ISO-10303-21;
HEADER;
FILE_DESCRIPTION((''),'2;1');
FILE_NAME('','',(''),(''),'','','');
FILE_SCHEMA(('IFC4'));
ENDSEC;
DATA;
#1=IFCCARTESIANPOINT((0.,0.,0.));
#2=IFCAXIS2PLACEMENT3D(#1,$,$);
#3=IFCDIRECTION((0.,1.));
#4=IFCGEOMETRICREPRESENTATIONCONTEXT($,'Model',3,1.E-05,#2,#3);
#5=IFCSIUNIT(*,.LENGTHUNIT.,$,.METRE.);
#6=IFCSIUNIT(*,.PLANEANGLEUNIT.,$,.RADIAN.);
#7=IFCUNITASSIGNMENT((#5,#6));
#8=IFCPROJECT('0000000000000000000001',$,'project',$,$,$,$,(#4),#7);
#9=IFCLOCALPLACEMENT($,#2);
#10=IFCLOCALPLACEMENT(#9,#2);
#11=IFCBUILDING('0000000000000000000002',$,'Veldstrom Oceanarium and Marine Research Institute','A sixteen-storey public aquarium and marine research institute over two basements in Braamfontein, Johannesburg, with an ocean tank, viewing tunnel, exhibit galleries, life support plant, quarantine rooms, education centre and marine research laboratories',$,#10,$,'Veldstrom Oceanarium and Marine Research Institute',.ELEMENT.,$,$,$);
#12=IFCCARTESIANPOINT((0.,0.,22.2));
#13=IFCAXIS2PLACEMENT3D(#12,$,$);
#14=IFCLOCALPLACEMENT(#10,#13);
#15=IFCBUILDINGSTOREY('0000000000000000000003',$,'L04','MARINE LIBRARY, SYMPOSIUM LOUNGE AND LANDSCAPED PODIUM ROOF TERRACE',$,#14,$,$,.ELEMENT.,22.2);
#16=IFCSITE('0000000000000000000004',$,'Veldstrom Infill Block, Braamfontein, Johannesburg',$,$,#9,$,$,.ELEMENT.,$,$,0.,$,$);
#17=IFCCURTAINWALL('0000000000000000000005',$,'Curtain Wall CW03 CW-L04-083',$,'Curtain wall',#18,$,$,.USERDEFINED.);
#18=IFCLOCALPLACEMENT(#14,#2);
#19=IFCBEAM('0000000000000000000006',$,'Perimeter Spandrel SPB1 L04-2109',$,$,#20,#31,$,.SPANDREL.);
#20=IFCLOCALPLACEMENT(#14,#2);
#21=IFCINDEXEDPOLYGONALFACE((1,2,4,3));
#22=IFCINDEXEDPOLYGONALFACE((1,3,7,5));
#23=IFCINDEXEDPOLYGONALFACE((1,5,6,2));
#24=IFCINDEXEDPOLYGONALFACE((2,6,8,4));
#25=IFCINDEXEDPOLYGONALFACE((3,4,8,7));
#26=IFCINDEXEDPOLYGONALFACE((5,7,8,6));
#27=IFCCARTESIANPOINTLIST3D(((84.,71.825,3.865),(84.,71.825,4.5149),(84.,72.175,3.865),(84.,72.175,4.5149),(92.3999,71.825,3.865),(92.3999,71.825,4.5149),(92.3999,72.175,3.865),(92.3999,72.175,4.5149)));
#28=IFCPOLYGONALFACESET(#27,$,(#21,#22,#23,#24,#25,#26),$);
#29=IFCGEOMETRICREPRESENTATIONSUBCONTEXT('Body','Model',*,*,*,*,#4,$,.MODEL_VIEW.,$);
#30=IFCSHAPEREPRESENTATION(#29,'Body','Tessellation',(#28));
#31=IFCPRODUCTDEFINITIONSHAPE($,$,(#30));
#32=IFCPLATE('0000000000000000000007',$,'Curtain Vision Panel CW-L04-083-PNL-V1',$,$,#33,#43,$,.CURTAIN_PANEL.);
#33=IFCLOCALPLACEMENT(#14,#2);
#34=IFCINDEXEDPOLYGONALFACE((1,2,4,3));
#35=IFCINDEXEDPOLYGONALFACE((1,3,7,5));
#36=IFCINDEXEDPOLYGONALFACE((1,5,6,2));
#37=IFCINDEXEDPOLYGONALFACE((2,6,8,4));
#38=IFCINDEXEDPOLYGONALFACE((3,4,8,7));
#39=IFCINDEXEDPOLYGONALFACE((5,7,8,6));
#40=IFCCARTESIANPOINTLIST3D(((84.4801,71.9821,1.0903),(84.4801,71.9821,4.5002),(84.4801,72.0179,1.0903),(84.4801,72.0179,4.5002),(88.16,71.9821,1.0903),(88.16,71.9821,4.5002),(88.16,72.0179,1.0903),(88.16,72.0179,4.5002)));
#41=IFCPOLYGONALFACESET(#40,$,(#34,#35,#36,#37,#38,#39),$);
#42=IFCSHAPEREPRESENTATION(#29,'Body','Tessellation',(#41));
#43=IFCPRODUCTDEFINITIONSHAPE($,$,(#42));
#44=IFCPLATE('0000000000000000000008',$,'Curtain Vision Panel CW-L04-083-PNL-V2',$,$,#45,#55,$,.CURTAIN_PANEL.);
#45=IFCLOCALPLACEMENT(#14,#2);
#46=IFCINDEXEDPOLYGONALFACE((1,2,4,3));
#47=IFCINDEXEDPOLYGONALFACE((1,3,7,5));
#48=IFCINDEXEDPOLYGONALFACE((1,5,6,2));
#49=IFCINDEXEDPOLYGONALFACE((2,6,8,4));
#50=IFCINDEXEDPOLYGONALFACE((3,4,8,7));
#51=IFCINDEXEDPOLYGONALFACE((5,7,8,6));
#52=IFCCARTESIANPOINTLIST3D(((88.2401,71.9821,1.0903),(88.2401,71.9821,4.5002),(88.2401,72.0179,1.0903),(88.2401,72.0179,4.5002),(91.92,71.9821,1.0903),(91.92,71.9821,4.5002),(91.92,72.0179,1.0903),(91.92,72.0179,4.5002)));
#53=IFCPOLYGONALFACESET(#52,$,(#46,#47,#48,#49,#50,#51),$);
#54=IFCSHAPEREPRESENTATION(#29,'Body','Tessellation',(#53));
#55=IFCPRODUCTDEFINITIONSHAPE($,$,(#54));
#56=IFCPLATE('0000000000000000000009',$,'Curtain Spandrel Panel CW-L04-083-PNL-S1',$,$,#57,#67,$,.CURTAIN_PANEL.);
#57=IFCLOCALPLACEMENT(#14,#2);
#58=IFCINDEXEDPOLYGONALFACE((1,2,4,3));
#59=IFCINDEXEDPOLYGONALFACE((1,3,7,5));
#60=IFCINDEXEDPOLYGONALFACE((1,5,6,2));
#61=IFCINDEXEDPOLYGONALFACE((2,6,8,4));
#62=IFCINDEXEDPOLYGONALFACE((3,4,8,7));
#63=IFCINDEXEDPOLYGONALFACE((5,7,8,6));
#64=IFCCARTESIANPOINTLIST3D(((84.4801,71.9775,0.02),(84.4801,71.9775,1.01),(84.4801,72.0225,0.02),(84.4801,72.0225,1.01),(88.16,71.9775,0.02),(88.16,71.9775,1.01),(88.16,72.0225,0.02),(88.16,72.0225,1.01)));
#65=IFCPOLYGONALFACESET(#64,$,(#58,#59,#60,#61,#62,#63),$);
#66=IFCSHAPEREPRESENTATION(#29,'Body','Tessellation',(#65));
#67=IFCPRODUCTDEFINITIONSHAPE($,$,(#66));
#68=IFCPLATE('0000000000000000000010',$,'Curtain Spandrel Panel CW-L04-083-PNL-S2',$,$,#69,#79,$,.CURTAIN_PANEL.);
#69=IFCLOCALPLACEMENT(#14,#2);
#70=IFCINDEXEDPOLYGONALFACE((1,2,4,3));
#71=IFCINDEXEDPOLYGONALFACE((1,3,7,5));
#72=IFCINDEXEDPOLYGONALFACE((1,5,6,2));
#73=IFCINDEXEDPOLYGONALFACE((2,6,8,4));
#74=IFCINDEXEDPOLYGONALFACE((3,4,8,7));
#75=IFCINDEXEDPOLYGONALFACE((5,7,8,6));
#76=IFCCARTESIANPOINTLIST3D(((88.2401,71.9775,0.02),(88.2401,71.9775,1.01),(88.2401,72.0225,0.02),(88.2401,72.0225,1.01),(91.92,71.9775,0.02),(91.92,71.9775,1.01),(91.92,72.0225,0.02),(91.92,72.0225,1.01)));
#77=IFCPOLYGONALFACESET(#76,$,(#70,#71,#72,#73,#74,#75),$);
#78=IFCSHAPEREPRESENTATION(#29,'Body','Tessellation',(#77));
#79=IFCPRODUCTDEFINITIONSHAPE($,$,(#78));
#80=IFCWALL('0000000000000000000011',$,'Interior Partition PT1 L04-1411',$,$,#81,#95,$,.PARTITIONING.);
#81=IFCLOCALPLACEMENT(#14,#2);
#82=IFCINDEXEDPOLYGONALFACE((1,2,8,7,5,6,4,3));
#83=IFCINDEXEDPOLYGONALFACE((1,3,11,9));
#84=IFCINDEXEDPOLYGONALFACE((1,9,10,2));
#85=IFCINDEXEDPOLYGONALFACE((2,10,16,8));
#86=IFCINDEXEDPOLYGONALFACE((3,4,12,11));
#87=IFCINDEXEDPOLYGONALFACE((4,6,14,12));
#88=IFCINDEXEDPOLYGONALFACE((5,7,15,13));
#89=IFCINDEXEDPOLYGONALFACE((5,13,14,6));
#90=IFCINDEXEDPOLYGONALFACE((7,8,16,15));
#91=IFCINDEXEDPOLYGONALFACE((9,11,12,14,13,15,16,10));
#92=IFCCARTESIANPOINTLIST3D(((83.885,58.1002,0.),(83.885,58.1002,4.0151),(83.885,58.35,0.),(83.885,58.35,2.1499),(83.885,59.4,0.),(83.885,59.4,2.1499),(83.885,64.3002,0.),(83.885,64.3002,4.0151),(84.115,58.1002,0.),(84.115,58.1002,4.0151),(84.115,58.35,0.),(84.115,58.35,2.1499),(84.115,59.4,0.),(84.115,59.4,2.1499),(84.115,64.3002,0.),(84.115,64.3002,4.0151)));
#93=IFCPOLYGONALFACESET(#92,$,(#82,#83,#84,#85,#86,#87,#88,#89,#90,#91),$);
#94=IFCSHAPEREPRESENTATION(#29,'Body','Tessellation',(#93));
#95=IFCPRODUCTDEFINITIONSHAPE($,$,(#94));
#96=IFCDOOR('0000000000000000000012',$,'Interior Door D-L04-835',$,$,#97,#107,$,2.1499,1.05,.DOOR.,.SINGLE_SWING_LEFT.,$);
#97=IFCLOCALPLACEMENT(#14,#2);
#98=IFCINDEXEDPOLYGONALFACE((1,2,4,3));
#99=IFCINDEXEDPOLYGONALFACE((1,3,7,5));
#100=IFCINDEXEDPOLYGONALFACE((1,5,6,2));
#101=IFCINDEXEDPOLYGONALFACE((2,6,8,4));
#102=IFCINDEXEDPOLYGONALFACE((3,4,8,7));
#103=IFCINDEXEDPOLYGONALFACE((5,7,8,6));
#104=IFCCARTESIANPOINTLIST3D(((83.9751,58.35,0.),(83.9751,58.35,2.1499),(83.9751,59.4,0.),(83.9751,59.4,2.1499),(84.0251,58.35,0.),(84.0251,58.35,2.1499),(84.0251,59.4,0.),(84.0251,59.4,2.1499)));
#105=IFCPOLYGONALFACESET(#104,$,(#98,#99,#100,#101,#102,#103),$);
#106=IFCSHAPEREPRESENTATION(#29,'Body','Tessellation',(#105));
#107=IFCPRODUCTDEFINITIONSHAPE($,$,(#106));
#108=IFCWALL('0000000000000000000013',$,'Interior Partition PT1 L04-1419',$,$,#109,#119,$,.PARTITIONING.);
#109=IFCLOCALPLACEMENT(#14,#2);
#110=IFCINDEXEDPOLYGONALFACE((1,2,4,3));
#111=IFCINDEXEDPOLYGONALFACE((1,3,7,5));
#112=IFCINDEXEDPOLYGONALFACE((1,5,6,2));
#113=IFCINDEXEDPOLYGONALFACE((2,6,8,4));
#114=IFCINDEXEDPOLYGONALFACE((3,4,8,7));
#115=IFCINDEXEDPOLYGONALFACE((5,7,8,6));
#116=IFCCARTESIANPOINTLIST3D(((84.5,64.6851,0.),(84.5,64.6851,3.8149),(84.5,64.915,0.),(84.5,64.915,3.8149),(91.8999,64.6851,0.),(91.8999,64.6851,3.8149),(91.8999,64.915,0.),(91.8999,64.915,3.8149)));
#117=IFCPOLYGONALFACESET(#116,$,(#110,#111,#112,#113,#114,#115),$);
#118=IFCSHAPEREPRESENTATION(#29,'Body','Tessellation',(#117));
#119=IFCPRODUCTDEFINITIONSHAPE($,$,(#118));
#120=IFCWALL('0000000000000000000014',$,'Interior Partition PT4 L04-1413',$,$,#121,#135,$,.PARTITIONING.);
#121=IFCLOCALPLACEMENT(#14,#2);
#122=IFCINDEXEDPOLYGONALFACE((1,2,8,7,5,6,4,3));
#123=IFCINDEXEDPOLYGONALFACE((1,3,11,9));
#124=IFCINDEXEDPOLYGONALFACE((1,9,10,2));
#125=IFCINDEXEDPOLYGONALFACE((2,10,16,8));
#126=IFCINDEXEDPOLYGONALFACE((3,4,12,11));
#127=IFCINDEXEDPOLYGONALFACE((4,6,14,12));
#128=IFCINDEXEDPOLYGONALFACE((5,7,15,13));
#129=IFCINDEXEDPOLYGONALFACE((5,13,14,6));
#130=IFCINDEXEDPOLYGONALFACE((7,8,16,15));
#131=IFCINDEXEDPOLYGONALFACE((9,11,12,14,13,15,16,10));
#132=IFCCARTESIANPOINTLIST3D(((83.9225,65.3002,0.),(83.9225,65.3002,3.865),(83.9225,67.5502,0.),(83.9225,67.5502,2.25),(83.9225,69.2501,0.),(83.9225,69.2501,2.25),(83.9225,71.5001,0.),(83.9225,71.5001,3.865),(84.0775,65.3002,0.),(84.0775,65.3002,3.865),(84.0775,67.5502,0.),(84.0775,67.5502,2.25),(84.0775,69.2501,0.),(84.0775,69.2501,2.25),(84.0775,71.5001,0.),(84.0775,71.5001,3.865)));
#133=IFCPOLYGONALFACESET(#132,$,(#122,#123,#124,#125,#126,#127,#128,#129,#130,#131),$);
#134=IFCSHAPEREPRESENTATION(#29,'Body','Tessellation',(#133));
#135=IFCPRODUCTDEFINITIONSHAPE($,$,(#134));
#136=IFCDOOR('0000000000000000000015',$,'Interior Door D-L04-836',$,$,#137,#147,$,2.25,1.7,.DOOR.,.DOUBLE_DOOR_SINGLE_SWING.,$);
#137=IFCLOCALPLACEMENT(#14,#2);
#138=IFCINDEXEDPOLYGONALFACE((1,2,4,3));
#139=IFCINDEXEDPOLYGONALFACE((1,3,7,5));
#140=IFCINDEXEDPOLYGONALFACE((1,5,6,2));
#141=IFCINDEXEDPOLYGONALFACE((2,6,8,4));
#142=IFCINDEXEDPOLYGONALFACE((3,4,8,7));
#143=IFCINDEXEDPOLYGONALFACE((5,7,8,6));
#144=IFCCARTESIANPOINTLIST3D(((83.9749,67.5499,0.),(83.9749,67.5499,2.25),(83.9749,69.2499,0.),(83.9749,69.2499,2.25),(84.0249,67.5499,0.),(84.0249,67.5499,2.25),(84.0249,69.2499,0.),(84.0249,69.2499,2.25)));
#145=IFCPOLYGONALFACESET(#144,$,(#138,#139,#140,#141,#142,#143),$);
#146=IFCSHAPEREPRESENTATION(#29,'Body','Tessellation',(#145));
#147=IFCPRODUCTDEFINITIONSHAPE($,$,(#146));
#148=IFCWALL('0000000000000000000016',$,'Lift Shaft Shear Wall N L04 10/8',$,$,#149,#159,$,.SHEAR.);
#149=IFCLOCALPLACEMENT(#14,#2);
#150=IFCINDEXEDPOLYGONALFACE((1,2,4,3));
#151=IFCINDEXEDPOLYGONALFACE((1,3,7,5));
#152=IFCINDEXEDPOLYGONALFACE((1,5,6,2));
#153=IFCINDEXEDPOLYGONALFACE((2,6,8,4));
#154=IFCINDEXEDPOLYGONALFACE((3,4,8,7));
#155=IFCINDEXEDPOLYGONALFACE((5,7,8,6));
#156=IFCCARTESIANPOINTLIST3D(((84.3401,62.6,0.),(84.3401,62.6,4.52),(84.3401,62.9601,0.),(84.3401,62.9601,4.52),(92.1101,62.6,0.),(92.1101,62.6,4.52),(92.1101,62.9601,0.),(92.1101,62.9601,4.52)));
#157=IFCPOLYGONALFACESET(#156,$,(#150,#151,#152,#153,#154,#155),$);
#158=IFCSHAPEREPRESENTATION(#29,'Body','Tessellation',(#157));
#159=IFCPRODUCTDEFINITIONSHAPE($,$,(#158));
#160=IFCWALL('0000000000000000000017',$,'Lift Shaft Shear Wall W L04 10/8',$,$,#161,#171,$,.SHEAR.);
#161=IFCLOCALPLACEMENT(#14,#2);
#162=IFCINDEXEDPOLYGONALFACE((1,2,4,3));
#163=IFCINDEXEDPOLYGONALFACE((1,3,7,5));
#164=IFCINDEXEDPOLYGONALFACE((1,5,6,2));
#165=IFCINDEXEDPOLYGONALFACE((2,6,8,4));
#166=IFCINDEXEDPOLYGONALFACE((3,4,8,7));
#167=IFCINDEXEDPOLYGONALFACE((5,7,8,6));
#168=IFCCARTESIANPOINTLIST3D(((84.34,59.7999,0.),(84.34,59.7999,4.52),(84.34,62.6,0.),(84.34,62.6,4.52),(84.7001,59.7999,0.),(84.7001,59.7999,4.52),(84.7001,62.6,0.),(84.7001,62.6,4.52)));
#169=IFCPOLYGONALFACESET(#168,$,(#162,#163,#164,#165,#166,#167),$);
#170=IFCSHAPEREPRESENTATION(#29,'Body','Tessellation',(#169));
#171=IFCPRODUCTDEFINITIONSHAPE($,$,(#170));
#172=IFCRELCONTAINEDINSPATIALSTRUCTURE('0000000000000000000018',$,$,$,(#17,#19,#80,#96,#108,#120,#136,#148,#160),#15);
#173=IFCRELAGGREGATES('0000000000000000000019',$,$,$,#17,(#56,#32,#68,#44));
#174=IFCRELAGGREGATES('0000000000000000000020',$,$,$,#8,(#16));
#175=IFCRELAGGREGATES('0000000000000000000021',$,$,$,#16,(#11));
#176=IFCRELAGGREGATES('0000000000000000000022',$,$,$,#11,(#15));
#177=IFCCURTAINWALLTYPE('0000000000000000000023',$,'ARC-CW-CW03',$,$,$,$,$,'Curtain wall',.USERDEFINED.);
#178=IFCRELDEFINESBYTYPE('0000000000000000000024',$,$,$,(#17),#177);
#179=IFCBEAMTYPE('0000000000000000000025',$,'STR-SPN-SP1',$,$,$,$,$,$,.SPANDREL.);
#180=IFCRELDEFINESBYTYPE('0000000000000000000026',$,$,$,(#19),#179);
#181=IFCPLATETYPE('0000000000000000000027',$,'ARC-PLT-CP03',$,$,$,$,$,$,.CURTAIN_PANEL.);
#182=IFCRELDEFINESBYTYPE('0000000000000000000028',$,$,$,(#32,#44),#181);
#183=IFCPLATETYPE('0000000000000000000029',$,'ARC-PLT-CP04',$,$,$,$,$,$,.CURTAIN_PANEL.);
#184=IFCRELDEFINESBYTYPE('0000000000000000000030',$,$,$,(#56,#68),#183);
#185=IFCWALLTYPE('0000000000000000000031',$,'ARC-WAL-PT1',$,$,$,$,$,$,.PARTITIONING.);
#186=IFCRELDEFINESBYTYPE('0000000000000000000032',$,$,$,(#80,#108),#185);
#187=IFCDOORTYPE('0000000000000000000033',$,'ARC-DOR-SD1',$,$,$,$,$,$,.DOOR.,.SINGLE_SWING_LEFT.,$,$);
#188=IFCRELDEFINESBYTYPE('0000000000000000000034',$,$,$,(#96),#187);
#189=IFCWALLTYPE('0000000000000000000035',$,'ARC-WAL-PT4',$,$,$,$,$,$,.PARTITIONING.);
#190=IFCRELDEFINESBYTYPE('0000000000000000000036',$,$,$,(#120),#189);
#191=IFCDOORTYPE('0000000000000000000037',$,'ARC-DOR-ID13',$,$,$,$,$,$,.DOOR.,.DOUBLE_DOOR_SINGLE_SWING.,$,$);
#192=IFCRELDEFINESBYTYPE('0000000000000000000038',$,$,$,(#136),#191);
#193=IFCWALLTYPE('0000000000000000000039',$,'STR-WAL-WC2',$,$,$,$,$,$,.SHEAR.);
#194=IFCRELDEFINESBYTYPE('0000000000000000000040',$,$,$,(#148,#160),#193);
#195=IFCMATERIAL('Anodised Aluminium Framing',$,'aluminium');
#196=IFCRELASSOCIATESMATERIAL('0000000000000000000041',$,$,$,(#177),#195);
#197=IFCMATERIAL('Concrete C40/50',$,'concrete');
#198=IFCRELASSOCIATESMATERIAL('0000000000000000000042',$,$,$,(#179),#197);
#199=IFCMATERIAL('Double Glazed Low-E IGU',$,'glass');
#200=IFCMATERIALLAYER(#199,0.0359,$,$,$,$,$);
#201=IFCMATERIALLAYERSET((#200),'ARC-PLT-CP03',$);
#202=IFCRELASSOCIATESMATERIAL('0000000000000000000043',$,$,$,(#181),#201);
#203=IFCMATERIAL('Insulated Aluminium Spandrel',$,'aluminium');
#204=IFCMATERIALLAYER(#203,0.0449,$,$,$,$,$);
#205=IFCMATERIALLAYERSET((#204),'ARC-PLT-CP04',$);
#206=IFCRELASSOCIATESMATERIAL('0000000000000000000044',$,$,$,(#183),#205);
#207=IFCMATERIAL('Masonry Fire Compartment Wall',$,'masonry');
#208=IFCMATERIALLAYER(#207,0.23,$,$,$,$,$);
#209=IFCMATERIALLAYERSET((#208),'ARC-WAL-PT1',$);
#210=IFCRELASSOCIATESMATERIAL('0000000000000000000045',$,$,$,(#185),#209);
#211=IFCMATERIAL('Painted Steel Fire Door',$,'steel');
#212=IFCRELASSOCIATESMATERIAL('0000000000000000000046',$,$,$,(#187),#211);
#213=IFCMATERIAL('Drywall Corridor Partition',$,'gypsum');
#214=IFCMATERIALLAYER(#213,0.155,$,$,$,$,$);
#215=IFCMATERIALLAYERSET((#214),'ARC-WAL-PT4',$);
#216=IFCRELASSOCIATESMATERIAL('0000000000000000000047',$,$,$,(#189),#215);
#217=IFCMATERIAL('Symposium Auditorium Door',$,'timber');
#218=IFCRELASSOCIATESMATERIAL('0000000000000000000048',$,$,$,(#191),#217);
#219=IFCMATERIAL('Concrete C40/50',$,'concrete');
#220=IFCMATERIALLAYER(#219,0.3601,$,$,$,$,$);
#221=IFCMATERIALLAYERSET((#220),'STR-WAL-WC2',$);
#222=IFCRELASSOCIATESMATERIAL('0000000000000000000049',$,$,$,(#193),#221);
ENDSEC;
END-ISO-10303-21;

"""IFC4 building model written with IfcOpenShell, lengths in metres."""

from ifc_helpers import new_model, si_unit, direction, frame, frame_2d, origin, origin_2d, place, context, subcontext, project, spatial, rectangle, extrude, material, layer, layer_set, material_profile, profile_set, type_object, element, fill, aggregate, save


model = new_model("IFC4")

# Units and contexts
model_context = context("Model", 3, precision=1e-05, world=origin(), true_north=direction((0.0, 1.0)))
body_context = subcontext(model_context, "Body", "Model", "MODEL_VIEW")
ifc_project = project(units=[si_unit("LENGTHUNIT", "METRE"), si_unit("PLANEANGLEUNIT", "RADIAN")], contexts=[model_context])

# Site, building, storey
site_placement = place(None, origin())
site = spatial("IfcSite", under=ifc_project, at=site_placement, Name="Veldstrom Infill Block, Braamfontein, Johannesburg", CompositionType="ELEMENT", RefElevation=0.0)
building_placement = place(site_placement, origin())
building = spatial("IfcBuilding", under=site, at=building_placement, Name="Veldstrom Oceanarium and Marine Research Institute", Description="A sixteen-storey public aquarium and marine research institute over two basements in Braamfontein, Johannesburg, with an ocean tank, viewing tunnel, exhibit galleries, life support plant, quarantine rooms, education centre and marine research laboratories", LongName="Veldstrom Oceanarium and Marine Research Institute", CompositionType="ELEMENT")
storey_placement = place(building_placement, frame((0.0, 0.0, 22.2)))
storey = spatial("IfcBuildingStorey", under=building, at=storey_placement, Name="L04", Description="MARINE LIBRARY, SYMPOSIUM LOUNGE AND LANDSCAPED PODIUM ROOF TERRACE", CompositionType="ELEMENT", Elevation=22.2)

# Curtain wall
ifc_material_1 = material(Name="Anodised Aluminium Framing", Category="aluminium")
curtain_wall_type = type_object("IfcCurtainWallType", Name="ARC-CW-CW03", ElementType="Curtain wall", PredefinedType="USERDEFINED", material=ifc_material_1)
curtain_wall_placement = place(storey_placement, origin())
curtain_wall = element("IfcCurtainWall", 1, at=curtain_wall_placement, inside=storey, type_object=curtain_wall_type, Name="Curtain Wall CW03 CW-L04-083", ObjectType="Curtain wall", PredefinedType="USERDEFINED")

# Beam
ifc_material_2 = material(Name="Concrete C40/50", Category="concrete")
ifc_material_profile_1 = material_profile(ifc_material_2, rectangle(XDim=0.3501, YDim=0.6499, at=origin_2d()), Name="RC-SPN-350x650")
ifc_profile_set_1 = profile_set([ifc_material_profile_1], Name="Concrete C40/50")
beam_type_1 = type_object("IfcBeamType", Name="STR-SPN-SP1", PredefinedType="SPANDREL", material=ifc_profile_set_1)
beam_1_placement = place(storey_placement, frame((84.0, 72.0, 4.1899), z_axis=(1.0, 0.0, 0.0), x_axis=(0.0, 1.0, 0.0)))
element("IfcBeam", 2, at=beam_1_placement, inside=storey, type_object=beam_type_1, Name="Perimeter Spandrel SPB1 L04-2109", PredefinedType="SPANDREL", context=body_context, shape_type="SweptSolid", body=[
    extrude(rectangle(XDim=0.3501, YDim=0.6499, at=origin_2d()), origin(), (0.0, 0.0, 1.0), 8.3999),
])

# Plates
ifc_material_3 = material(Name="Double Glazed Low-E IGU", Category="glass")
ifc_layer_1 = layer(ifc_material_3, 0.0359)
ifc_layer_set_1 = layer_set([ifc_layer_1], Name="ARC-PLT-CP03")
plate_type_1 = type_object("IfcPlateType", Name="ARC-PLT-CP03", PredefinedType="CURTAIN_PANEL", material=ifc_layer_set_1)
plate_1_placement = place(storey_placement, frame((86.3201, 72.0, 1.0903), z_axis=(0.0, 0.0, 1.0), x_axis=(1.0, 0.0, 0.0)))
plate_1 = element("IfcPlate", 3, at=plate_1_placement, type_object=plate_type_1, Name="Curtain Vision Panel CW-L04-083-PNL-V1", PredefinedType="CURTAIN_PANEL", context=body_context, shape_type="SweptSolid", body=[
    extrude(rectangle(XDim=3.6799, YDim=0.0359, at=origin_2d()), origin(), (0.0, 0.0, 1.0), 3.4099),
])
plate_2_placement = place(storey_placement, frame((90.0801, 72.0, 1.0903), z_axis=(0.0, 0.0, 1.0), x_axis=(1.0, 0.0, 0.0)))
plate_2 = element("IfcPlate", 4, at=plate_2_placement, type_object=plate_type_1, Name="Curtain Vision Panel CW-L04-083-PNL-V2", PredefinedType="CURTAIN_PANEL", context=body_context, shape_type="SweptSolid", body=[
    extrude(rectangle(XDim=3.6799, YDim=0.0359, at=origin_2d()), origin(), (0.0, 0.0, 1.0), 3.4099),
])
ifc_material_4 = material(Name="Insulated Aluminium Spandrel", Category="aluminium")
ifc_layer_2 = layer(ifc_material_4, 0.0449)
ifc_layer_set_2 = layer_set([ifc_layer_2], Name="ARC-PLT-CP04")
plate_type_2 = type_object("IfcPlateType", Name="ARC-PLT-CP04", PredefinedType="CURTAIN_PANEL", material=ifc_layer_set_2)
plate_3_placement = place(storey_placement, frame((86.3201, 72.0, 0.02), z_axis=(0.0, 0.0, 1.0), x_axis=(1.0, 0.0, 0.0)))
plate_3 = element("IfcPlate", 5, at=plate_3_placement, type_object=plate_type_2, Name="Curtain Spandrel Panel CW-L04-083-PNL-S1", PredefinedType="CURTAIN_PANEL", context=body_context, shape_type="SweptSolid", body=[
    extrude(rectangle(XDim=3.6799, YDim=0.0449, at=origin_2d()), origin(), (0.0, 0.0, 1.0), 0.99),
])
plate_4_placement = place(storey_placement, frame((90.0801, 72.0, 0.02), z_axis=(0.0, 0.0, 1.0), x_axis=(1.0, 0.0, 0.0)))
plate_4 = element("IfcPlate", 6, at=plate_4_placement, type_object=plate_type_2, Name="Curtain Spandrel Panel CW-L04-083-PNL-S2", PredefinedType="CURTAIN_PANEL", context=body_context, shape_type="SweptSolid", body=[
    extrude(rectangle(XDim=3.6799, YDim=0.0449, at=origin_2d()), origin(), (0.0, 0.0, 1.0), 0.99),
])
aggregate(curtain_wall, [plate_3, plate_1, plate_4, plate_2])

# Wall, opening, door
ifc_material_5 = material(Name="Masonry Fire Compartment Wall", Category="masonry")
ifc_layer_3 = layer(ifc_material_5, 0.23)
ifc_layer_set_3 = layer_set([ifc_layer_3], Name="ARC-WAL-PT1")
wall_type_1 = type_object("IfcWallType", Name="ARC-WAL-PT1", PredefinedType="PARTITIONING", material=ifc_layer_set_3)
wall_1_placement = place(storey_placement, frame((84.0, 58.1001, 0.0), z_axis=(0.0, 0.0, 1.0), x_axis=(0.0, 1.0, 0.0)))
wall_1 = element("IfcWall", 7, at=wall_1_placement, inside=storey, type_object=wall_type_1, Name="Interior Partition PT1 L04-1411", PredefinedType="PARTITIONING", context=body_context, shape_type="SweptSolid", body=[
    extrude(rectangle(XDim=6.2, YDim=0.23, at=frame_2d((3.1001, 0.0))), origin(), (0.0, 0.0, 1.0), 4.0151),
])
opening_1_placement = place(wall_1_placement, frame((0.25, 0.0, 0.0)))
opening_1 = element("IfcOpeningElement", 8, at=opening_1_placement, cuts=wall_1, PredefinedType="OPENING", context=body_context, shape_type="SweptSolid", body=[
    extrude(rectangle(XDim=1.05, YDim=2.1499, at=frame_2d((0.5249, 1.075))), frame((0.0, 0.125, 0.0), z_axis=(0.0, -1.0, 0.0), x_axis=(1.0, 0.0, 0.0)), (0.0, 0.0, 1.0), 0.25),
])
ifc_material_6 = material(Name="Painted Steel Fire Door", Category="steel")
door_type_1 = type_object("IfcDoorType", Name="ARC-DOR-SD1", OperationType="SINGLE_SWING_LEFT", PredefinedType="DOOR", material=ifc_material_6)
door_1_placement = place(opening_1_placement, origin())
door_1 = element("IfcDoor", 9, at=door_1_placement, inside=storey, type_object=door_type_1, Name="Interior Door D-L04-835", OperationType="SINGLE_SWING_LEFT", OverallHeight=2.1499, OverallWidth=1.05, PredefinedType="DOOR", context=body_context, shape_type="SweptSolid", body=[
    extrude(rectangle(XDim=1.05, YDim=2.1499, at=frame_2d((0.5249, 1.075))), frame((0.0, 0.0249, 0.0), z_axis=(0.0, -1.0, 0.0), x_axis=(1.0, 0.0, 0.0)), (0.0, 0.0, 1.0), 0.05),
])
fill(opening_1, door_1)

# Wall
wall_2_placement = place(storey_placement, frame((84.5, 64.8, 0.0), z_axis=(0.0, 0.0, 1.0), x_axis=(1.0, 0.0, 0.0)))
element("IfcWall", 10, at=wall_2_placement, inside=storey, type_object=wall_type_1, Name="Interior Partition PT1 L04-1419", PredefinedType="PARTITIONING", context=body_context, shape_type="SweptSolid", body=[
    extrude(rectangle(XDim=7.3999, YDim=0.23, at=frame_2d((3.7, 0.0))), origin(), (0.0, 0.0, 1.0), 3.8149),
])

# Wall, opening, door
ifc_material_7 = material(Name="Drywall Corridor Partition", Category="gypsum")
ifc_layer_4 = layer(ifc_material_7, 0.155)
ifc_layer_set_4 = layer_set([ifc_layer_4], Name="ARC-WAL-PT4")
wall_type_2 = type_object("IfcWallType", Name="ARC-WAL-PT4", PredefinedType="PARTITIONING", material=ifc_layer_set_4)
wall_3_placement = place(storey_placement, frame((84.0, 65.3, 0.0), z_axis=(0.0, 0.0, 1.0), x_axis=(0.0, 1.0, 0.0)))
wall_3 = element("IfcWall", 11, at=wall_3_placement, inside=storey, type_object=wall_type_2, Name="Interior Partition PT4 L04-1413", PredefinedType="PARTITIONING", context=body_context, shape_type="SweptSolid", body=[
    extrude(rectangle(XDim=6.2, YDim=0.155, at=frame_2d((3.1001, 0.0))), origin(), (0.0, 0.0, 1.0), 3.865),
])
opening_2_placement = place(wall_3_placement, frame((2.25, 0.0, 0.0)))
opening_2 = element("IfcOpeningElement", 12, at=opening_2_placement, cuts=wall_3, PredefinedType="OPENING", context=body_context, shape_type="SweptSolid", body=[
    extrude(rectangle(XDim=1.7, YDim=2.25, at=frame_2d((0.8501, 1.125))), frame((0.0, 0.0874, 0.0), z_axis=(0.0, -1.0, 0.0), x_axis=(1.0, 0.0, 0.0)), (0.0, 0.0, 1.0), 0.175),
])
ifc_material_8 = material(Name="Symposium Auditorium Door", Category="timber")
door_type_2 = type_object("IfcDoorType", Name="ARC-DOR-ID13", OperationType="DOUBLE_DOOR_SINGLE_SWING", PredefinedType="DOOR", material=ifc_material_8)
door_2_placement = place(opening_2_placement, frame((1.7, 0.0, 0.0), z_axis=(0.0, 0.0, 1.0), x_axis=(-1.0, 0.0, 0.0)))
door_2 = element("IfcDoor", 13, at=door_2_placement, inside=storey, type_object=door_type_2, Name="Interior Door D-L04-836", OperationType="DOUBLE_DOOR_SINGLE_SWING", OverallHeight=2.25, OverallWidth=1.7, PredefinedType="DOOR", context=body_context, shape_type="SweptSolid", body=[
    extrude(rectangle(XDim=1.7, YDim=2.25, at=frame_2d((0.8501, 1.125))), frame((0.0, 0.0249, 0.0), z_axis=(0.0, -1.0, 0.0), x_axis=(1.0, 0.0, 0.0)), (0.0, 0.0, 1.0), 0.05),
])
fill(opening_2, door_2)

# Wall
ifc_material_9 = material(Name="Concrete C40/50", Category="concrete")
ifc_layer_5 = layer(ifc_material_9, 0.3601)
ifc_layer_set_5 = layer_set([ifc_layer_5], Name="STR-WAL-WC2")
wall_type_3 = type_object("IfcWallType", Name="STR-WAL-WC2", PredefinedType="SHEAR", material=ifc_layer_set_5)
wall_4_placement = place(storey_placement, frame((84.3401, 62.78, 0.0), z_axis=(0.0, 0.0, 1.0), x_axis=(1.0, 0.0, 0.0)))
element("IfcWall", 14, at=wall_4_placement, inside=storey, type_object=wall_type_3, Name="Lift Shaft Shear Wall N L04 10/8", PredefinedType="SHEAR", context=body_context, shape_type="SweptSolid", body=[
    extrude(rectangle(XDim=7.77, YDim=0.3601, at=frame_2d((3.885, 0.0))), origin(), (0.0, 0.0, 1.0), 4.52),
])

# Wall
for number, where, z_axis, x_axis, name in (
    (15, (84.52, 59.8, 0.0), (0.0, 0.0, 1.0), (0.0, 1.0, 0.0), "Lift Shaft Shear Wall W L04 10/8"),
):
    element("IfcWall", number, at=place(storey_placement, frame(where, z_axis=z_axis, x_axis=x_axis)), inside=storey, type_object=wall_type_3, Name=name, PredefinedType="SHEAR", context=body_context, shape_type="SweptSolid", body=[
        extrude(rectangle(XDim=2.8, YDim=0.3601, at=frame_2d((1.3999, 0.0))), origin(), (0.0, 0.0, 1.0), 4.52),
    ])

save(model, "model.ifc")
